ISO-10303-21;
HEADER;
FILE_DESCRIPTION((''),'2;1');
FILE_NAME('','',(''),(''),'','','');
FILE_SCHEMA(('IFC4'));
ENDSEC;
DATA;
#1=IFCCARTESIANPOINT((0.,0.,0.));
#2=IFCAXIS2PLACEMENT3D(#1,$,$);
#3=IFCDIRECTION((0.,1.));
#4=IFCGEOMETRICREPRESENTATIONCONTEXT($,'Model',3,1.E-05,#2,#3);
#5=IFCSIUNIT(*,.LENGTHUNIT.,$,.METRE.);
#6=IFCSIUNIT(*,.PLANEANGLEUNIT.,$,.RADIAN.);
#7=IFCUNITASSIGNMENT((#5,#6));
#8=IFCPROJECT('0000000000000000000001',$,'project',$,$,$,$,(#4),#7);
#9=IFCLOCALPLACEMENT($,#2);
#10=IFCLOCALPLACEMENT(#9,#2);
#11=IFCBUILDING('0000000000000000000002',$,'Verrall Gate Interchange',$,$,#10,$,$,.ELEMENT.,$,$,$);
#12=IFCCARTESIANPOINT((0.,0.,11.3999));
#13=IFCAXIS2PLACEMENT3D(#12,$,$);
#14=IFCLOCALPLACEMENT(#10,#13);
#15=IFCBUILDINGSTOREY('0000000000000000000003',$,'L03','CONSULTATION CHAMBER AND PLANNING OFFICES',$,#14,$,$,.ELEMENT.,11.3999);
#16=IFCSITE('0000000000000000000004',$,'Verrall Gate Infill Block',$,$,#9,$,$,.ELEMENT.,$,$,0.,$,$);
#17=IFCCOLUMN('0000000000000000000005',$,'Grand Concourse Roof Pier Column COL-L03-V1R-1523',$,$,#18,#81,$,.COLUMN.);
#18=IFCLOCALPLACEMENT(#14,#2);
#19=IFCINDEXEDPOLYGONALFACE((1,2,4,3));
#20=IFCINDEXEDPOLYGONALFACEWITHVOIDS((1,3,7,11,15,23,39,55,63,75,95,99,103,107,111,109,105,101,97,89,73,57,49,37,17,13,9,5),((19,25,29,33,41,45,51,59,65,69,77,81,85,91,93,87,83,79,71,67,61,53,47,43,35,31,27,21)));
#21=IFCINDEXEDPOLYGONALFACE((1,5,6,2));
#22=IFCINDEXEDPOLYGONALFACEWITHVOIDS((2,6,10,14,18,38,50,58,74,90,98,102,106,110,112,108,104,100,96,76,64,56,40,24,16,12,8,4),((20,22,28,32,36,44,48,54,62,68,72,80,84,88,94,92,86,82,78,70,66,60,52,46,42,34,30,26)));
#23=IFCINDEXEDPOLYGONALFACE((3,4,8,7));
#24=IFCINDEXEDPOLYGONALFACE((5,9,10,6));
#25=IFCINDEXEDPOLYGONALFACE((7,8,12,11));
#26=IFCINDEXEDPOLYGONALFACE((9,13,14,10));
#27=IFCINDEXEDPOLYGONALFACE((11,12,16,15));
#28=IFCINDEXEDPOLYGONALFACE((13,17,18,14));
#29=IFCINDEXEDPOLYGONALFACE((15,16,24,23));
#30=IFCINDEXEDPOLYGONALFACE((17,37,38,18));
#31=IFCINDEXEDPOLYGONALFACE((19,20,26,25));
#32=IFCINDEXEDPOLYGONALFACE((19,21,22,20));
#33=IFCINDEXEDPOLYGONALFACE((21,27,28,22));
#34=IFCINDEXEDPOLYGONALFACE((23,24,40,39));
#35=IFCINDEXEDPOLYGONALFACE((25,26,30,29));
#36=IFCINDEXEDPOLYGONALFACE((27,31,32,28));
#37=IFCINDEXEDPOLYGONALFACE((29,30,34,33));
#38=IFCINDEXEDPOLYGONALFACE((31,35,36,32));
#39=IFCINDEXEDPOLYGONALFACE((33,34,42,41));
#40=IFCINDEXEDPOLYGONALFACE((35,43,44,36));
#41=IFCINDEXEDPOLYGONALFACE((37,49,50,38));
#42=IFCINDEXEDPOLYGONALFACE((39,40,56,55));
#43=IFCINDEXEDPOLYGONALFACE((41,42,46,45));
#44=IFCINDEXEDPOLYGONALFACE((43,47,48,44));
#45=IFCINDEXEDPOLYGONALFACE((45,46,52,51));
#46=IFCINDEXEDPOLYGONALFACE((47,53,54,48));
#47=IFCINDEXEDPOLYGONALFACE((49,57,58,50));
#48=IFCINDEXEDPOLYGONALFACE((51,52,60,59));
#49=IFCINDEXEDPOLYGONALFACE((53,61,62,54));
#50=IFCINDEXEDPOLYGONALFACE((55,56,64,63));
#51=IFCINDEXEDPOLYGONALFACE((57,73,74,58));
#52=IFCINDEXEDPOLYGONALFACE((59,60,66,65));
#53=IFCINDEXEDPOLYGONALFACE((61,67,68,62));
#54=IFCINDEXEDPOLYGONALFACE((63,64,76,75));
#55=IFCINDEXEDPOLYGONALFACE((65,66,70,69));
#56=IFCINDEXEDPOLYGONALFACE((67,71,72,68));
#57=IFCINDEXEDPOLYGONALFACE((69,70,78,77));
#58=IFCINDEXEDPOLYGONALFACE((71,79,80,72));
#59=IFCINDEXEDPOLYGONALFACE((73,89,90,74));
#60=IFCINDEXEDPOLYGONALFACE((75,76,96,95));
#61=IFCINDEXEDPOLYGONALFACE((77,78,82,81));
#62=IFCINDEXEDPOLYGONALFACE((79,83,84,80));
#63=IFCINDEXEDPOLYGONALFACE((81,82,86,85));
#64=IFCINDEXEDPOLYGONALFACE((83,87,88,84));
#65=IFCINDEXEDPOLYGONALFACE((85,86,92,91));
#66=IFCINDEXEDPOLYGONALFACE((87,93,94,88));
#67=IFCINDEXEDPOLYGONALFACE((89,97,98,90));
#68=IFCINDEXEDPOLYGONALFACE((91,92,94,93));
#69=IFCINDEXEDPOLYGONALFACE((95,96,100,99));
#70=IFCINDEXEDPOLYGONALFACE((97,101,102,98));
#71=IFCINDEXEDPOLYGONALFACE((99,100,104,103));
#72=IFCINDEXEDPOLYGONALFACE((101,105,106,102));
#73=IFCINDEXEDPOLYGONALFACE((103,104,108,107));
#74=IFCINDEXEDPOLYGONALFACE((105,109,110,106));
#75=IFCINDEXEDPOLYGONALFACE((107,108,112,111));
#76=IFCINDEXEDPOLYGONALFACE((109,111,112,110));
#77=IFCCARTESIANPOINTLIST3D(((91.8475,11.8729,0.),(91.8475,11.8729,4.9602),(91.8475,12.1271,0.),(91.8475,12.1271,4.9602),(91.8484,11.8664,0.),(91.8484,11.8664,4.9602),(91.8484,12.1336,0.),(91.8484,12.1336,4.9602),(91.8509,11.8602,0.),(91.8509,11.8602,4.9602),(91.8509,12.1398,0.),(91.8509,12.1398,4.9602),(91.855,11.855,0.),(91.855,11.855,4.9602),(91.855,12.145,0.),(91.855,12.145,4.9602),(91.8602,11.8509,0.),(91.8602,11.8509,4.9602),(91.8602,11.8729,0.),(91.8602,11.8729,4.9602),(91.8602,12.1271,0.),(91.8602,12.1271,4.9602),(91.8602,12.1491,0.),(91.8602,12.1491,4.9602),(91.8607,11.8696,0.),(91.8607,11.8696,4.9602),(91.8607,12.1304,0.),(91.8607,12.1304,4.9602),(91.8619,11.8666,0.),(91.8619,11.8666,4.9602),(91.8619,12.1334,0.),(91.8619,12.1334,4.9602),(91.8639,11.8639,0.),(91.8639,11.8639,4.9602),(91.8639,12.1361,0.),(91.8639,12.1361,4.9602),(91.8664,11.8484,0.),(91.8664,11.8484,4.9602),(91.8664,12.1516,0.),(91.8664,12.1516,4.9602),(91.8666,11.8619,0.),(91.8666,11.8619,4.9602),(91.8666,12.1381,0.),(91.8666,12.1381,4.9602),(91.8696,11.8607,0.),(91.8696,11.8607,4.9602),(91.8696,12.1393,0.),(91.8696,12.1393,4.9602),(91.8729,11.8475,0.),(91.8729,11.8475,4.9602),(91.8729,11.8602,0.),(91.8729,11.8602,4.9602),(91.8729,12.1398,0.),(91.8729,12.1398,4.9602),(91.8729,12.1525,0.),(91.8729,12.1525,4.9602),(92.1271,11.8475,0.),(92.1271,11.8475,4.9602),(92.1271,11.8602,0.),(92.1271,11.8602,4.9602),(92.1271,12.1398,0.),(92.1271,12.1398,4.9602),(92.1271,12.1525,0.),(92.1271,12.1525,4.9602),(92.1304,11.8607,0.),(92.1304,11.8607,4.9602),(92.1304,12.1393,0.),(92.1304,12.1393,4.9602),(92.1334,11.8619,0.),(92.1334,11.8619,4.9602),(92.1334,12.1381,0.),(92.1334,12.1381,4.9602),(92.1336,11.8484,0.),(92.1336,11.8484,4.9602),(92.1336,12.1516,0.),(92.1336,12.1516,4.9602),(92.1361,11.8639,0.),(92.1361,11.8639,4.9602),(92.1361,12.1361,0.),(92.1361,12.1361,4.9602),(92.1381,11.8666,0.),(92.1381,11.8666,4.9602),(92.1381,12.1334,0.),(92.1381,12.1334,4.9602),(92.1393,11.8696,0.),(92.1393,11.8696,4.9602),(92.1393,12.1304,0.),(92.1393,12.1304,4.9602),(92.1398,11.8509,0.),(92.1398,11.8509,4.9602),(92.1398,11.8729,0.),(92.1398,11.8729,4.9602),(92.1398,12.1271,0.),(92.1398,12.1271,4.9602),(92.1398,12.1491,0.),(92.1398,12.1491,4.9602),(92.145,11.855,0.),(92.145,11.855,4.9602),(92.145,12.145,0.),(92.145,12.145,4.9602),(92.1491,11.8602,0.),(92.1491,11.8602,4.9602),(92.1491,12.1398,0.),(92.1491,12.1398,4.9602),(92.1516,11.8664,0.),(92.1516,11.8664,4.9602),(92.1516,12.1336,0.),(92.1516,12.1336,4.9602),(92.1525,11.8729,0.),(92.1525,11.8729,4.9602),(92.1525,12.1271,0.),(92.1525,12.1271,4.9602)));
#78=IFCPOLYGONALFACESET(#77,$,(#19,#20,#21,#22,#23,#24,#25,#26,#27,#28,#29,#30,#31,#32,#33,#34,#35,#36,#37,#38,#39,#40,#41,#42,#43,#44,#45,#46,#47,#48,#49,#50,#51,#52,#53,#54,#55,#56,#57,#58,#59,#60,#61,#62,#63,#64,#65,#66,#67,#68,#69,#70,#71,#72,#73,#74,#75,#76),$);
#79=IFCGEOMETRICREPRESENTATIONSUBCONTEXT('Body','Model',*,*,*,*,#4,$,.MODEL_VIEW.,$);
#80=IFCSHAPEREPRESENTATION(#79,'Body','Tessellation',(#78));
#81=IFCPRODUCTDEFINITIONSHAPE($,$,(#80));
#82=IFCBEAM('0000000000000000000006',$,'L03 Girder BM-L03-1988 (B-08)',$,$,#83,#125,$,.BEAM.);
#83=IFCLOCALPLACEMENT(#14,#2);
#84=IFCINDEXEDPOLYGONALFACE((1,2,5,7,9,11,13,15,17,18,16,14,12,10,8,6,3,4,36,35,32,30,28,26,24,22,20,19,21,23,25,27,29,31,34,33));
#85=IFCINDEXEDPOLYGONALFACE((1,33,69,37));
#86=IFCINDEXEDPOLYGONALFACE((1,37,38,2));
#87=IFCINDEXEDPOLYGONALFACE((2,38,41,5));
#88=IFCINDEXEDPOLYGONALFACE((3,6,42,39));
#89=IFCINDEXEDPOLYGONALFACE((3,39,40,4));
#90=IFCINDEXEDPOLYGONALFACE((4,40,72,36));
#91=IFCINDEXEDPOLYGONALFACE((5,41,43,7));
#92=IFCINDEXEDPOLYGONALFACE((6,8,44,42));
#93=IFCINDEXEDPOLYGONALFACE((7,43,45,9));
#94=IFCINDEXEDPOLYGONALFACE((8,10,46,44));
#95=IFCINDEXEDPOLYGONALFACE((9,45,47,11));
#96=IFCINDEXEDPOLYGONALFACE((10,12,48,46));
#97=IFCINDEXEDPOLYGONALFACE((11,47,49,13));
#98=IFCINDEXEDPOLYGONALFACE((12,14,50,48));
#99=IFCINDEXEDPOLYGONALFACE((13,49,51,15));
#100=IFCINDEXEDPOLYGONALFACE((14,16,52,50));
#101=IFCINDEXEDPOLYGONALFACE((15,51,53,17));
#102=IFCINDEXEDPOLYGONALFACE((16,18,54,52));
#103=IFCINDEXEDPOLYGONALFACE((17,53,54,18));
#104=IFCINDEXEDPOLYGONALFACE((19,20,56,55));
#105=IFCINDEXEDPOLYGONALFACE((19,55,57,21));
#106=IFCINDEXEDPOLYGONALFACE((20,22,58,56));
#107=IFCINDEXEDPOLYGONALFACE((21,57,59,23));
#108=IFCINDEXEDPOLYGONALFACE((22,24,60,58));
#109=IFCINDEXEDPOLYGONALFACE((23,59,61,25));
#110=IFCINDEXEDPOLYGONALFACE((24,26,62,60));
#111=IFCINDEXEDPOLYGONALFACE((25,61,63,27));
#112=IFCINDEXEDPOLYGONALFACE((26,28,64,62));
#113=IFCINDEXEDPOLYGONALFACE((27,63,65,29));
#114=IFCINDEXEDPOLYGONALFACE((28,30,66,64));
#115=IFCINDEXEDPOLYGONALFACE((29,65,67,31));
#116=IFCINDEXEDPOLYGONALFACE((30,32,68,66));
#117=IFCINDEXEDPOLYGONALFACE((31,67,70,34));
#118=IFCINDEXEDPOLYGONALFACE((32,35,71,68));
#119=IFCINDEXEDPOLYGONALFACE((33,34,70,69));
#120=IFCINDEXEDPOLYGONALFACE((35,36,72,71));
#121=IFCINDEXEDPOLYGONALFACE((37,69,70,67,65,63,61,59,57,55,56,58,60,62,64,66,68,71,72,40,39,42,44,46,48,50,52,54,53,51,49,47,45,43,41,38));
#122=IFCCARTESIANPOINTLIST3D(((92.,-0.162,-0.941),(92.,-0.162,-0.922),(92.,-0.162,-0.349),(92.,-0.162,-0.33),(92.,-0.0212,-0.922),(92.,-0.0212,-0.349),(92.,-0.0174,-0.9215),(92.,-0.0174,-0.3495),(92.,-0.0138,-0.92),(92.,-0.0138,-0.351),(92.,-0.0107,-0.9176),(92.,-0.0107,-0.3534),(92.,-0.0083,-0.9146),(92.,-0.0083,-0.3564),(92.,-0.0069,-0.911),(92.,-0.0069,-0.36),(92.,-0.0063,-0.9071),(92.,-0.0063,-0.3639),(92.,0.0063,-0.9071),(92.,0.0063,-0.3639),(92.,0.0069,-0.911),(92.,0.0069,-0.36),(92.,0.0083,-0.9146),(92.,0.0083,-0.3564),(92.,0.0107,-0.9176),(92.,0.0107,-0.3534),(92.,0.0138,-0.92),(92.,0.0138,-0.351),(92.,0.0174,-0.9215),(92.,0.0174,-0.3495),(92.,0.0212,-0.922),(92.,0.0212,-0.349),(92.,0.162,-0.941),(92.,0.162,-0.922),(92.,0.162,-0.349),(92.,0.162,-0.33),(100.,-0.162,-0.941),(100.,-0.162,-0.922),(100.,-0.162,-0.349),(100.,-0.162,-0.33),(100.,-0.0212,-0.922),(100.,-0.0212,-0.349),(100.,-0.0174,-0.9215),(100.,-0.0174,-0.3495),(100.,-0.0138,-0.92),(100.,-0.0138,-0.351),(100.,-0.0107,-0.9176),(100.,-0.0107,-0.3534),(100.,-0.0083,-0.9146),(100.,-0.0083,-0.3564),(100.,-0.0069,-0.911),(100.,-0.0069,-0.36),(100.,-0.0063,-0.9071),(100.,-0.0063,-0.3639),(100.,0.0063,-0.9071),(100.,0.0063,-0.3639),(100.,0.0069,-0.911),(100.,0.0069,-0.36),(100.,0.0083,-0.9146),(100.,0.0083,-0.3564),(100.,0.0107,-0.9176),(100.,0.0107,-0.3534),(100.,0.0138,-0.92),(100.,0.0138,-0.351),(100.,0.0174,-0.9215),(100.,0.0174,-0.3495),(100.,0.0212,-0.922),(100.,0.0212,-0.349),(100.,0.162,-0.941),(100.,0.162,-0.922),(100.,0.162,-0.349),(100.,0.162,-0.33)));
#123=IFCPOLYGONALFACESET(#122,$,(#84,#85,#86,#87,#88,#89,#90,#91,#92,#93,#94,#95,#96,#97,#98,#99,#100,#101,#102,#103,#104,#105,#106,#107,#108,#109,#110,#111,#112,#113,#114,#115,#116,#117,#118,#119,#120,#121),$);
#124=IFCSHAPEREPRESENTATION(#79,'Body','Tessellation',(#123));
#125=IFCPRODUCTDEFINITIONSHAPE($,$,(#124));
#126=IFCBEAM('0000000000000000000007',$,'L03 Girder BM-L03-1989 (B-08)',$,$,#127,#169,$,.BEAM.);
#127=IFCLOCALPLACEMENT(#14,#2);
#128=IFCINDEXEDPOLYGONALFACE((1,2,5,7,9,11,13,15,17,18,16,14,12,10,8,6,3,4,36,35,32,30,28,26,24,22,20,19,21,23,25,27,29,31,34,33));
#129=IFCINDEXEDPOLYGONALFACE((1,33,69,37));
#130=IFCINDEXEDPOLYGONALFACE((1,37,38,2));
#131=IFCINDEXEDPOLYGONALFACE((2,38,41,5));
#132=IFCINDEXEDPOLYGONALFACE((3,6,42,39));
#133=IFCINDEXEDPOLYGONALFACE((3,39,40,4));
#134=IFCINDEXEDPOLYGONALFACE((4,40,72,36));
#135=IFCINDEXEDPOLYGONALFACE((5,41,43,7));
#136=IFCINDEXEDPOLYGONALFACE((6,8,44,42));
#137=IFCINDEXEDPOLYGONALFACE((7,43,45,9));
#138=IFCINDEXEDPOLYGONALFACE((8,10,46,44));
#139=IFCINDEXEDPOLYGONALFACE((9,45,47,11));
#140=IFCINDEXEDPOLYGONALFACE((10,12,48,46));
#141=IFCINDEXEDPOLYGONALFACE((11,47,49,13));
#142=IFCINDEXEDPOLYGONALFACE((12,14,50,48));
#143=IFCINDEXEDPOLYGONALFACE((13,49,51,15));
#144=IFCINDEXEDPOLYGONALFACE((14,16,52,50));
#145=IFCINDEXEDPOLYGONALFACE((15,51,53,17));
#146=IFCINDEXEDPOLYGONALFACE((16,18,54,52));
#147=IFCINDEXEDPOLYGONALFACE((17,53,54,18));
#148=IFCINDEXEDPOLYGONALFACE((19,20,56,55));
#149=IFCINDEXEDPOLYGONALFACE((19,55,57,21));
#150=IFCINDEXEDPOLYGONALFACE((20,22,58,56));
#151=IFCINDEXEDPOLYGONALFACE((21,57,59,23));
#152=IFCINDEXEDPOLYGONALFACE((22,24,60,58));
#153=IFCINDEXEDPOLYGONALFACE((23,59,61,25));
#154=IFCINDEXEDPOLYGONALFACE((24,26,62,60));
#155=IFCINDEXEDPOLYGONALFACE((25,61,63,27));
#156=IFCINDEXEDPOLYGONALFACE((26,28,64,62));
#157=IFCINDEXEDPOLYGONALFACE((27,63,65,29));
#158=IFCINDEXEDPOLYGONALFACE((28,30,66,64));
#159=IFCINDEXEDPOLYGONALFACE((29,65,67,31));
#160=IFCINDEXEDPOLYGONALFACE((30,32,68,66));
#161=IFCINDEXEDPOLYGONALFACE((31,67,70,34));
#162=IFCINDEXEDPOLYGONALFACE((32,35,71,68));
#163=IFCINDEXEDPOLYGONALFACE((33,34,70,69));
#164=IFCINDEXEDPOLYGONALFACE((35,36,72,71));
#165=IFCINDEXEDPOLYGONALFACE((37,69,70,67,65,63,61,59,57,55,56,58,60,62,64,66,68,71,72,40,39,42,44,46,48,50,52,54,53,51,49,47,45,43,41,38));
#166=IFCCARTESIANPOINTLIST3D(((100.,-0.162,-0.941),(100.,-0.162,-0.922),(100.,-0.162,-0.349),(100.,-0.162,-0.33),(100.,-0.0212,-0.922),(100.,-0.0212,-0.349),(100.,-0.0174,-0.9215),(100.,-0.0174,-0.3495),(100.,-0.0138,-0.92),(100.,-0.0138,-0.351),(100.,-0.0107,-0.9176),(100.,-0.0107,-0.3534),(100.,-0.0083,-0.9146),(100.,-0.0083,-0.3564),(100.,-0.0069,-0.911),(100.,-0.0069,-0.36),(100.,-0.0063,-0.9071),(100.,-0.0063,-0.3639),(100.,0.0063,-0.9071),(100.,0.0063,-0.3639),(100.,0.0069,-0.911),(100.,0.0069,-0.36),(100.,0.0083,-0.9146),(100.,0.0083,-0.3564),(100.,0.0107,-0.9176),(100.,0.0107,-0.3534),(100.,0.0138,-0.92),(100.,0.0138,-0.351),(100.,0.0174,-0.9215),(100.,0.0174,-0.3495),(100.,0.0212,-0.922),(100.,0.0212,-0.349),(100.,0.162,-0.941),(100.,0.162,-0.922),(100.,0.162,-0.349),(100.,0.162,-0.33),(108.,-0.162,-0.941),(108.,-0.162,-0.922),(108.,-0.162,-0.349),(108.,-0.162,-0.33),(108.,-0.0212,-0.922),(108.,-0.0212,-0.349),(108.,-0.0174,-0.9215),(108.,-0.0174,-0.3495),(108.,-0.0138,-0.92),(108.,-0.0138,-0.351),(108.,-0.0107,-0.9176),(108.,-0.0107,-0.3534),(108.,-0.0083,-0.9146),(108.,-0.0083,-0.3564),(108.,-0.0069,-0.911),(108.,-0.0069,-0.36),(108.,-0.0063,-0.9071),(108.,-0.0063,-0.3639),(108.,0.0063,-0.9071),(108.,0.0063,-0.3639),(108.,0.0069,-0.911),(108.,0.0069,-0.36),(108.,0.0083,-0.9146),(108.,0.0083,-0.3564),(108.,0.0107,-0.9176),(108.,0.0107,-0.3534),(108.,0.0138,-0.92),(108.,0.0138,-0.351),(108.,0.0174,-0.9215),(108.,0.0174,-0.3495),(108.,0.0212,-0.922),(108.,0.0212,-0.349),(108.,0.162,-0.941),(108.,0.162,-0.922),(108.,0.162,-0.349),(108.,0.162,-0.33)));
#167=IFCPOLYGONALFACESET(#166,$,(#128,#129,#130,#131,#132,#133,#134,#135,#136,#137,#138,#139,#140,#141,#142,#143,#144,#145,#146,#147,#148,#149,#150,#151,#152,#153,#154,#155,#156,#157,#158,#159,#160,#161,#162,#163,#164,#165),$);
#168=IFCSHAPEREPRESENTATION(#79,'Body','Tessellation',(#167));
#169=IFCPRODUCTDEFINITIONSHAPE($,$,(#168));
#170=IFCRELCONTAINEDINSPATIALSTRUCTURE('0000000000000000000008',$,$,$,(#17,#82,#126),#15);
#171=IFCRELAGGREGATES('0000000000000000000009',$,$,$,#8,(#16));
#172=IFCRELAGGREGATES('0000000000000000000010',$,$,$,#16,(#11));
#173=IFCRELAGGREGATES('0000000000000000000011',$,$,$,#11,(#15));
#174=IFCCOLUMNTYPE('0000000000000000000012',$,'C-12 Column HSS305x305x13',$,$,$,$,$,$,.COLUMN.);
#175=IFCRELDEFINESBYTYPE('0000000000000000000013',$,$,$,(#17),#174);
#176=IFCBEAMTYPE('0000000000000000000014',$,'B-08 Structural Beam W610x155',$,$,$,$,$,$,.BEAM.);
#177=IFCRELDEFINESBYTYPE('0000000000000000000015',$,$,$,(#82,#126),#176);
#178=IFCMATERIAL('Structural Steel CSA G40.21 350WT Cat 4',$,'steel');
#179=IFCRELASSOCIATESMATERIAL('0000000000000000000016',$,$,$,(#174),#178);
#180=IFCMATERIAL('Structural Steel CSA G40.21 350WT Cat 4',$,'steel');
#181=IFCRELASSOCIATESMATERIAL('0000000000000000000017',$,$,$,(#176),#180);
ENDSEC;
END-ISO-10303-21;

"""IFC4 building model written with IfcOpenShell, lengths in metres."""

from ifc_helpers import new_model, si_unit, direction, frame, origin, origin_2d, place, context, subcontext, project, spatial, hollow_rectangle, i_section, extrude, material, material_profile, profile_set, type_object, element, save


model = new_model("IFC4")

# Units and contexts
model_context = context("Model", 3, precision=1e-05, world=origin(), true_north=direction((0.0, 1.0)))
body_context = subcontext(model_context, "Body", "Model", "MODEL_VIEW")
ifc_project = project(units=[si_unit("LENGTHUNIT", "METRE"), si_unit("PLANEANGLEUNIT", "RADIAN")], contexts=[model_context])

# Site, building, storey
site_placement = place(None, origin())
site = spatial("IfcSite", under=ifc_project, at=site_placement, Name="Verrall Gate Infill Block", CompositionType="ELEMENT", RefElevation=0.0)
building_placement = place(site_placement, origin())
building = spatial("IfcBuilding", under=site, at=building_placement, Name="Verrall Gate Interchange", CompositionType="ELEMENT")
storey_placement = place(building_placement, frame((0.0, 0.0, 11.3999)))
storey = spatial("IfcBuildingStorey", under=building, at=storey_placement, Name="L03", Description="CONSULTATION CHAMBER AND PLANNING OFFICES", CompositionType="ELEMENT", Elevation=11.3999)

# Column
ifc_material_1 = material(Name="Structural Steel CSA G40.21 350WT Cat 4", Category="steel")
ifc_material_profile_1 = material_profile(ifc_material_1, hollow_rectangle(XDim=0.3049, YDim=0.3049, WallThickness=0.0127, InnerFilletRadius=0.0127, OuterFilletRadius=0.0254, at=origin_2d()), Name="HSS305x305x13")
ifc_profile_set_1 = profile_set([ifc_material_profile_1], Name="Structural Steel CSA G40.21 350WT Cat 4")
column_type = type_object("IfcColumnType", Name="C-12 Column HSS305x305x13", PredefinedType="COLUMN", material=ifc_profile_set_1)
column_placement = place(storey_placement, frame((92.0, 12.0, 0.0), z_axis=(0.0, 0.0, 1.0), x_axis=(1.0, 0.0, 0.0)))
element("IfcColumn", 1, at=column_placement, inside=storey, type_object=column_type, Name="Grand Concourse Roof Pier Column COL-L03-V1R-1523", PredefinedType="COLUMN", context=body_context, shape_type="SweptSolid", body=[
    extrude(hollow_rectangle(XDim=0.3049, YDim=0.3049, WallThickness=0.0127, InnerFilletRadius=0.0127, OuterFilletRadius=0.0254, at=origin_2d()), origin(), (0.0, 0.0, 1.0), 4.9602),
])

# Beams
ifc_material_2 = material(Name="Structural Steel CSA G40.21 350WT Cat 4", Category="steel")
ifc_material_profile_2 = material_profile(ifc_material_2, i_section(OverallWidth=0.324, OverallDepth=0.6111, WebThickness=0.0127, FlangeThickness=0.019, FilletRadius=0.0149, at=origin_2d()), Name="W610x155")
ifc_profile_set_2 = profile_set([ifc_material_profile_2], Name="Structural Steel CSA G40.21 350WT Cat 4")
beam_type_1 = type_object("IfcBeamType", Name="B-08 Structural Beam W610x155", PredefinedType="BEAM", material=ifc_profile_set_2)
for number, where, z_axis, x_axis, name in (
    (2, (92.0, 0.0, -0.6355), (1.0, 0.0, 0.0), (0.0, 1.0, 0.0), "L03 Girder BM-L03-1988 (B-08)"),
    (3, (100.0, 0.0, -0.6355), (1.0, 0.0, 0.0), (0.0, 1.0, 0.0), "L03 Girder BM-L03-1989 (B-08)"),
):
    element("IfcBeam", number, at=place(storey_placement, frame(where, z_axis=z_axis, x_axis=x_axis)), inside=storey, type_object=beam_type_1, Name=name, PredefinedType="BEAM", context=body_context, shape_type="SweptSolid", body=[
        extrude(i_section(OverallWidth=0.324, OverallDepth=0.6111, WebThickness=0.0127, FlangeThickness=0.019, FilletRadius=0.0149, at=origin_2d()), origin(), (0.0, 0.0, 1.0), 8.0),
    ])

save(model, "model.ifc")
